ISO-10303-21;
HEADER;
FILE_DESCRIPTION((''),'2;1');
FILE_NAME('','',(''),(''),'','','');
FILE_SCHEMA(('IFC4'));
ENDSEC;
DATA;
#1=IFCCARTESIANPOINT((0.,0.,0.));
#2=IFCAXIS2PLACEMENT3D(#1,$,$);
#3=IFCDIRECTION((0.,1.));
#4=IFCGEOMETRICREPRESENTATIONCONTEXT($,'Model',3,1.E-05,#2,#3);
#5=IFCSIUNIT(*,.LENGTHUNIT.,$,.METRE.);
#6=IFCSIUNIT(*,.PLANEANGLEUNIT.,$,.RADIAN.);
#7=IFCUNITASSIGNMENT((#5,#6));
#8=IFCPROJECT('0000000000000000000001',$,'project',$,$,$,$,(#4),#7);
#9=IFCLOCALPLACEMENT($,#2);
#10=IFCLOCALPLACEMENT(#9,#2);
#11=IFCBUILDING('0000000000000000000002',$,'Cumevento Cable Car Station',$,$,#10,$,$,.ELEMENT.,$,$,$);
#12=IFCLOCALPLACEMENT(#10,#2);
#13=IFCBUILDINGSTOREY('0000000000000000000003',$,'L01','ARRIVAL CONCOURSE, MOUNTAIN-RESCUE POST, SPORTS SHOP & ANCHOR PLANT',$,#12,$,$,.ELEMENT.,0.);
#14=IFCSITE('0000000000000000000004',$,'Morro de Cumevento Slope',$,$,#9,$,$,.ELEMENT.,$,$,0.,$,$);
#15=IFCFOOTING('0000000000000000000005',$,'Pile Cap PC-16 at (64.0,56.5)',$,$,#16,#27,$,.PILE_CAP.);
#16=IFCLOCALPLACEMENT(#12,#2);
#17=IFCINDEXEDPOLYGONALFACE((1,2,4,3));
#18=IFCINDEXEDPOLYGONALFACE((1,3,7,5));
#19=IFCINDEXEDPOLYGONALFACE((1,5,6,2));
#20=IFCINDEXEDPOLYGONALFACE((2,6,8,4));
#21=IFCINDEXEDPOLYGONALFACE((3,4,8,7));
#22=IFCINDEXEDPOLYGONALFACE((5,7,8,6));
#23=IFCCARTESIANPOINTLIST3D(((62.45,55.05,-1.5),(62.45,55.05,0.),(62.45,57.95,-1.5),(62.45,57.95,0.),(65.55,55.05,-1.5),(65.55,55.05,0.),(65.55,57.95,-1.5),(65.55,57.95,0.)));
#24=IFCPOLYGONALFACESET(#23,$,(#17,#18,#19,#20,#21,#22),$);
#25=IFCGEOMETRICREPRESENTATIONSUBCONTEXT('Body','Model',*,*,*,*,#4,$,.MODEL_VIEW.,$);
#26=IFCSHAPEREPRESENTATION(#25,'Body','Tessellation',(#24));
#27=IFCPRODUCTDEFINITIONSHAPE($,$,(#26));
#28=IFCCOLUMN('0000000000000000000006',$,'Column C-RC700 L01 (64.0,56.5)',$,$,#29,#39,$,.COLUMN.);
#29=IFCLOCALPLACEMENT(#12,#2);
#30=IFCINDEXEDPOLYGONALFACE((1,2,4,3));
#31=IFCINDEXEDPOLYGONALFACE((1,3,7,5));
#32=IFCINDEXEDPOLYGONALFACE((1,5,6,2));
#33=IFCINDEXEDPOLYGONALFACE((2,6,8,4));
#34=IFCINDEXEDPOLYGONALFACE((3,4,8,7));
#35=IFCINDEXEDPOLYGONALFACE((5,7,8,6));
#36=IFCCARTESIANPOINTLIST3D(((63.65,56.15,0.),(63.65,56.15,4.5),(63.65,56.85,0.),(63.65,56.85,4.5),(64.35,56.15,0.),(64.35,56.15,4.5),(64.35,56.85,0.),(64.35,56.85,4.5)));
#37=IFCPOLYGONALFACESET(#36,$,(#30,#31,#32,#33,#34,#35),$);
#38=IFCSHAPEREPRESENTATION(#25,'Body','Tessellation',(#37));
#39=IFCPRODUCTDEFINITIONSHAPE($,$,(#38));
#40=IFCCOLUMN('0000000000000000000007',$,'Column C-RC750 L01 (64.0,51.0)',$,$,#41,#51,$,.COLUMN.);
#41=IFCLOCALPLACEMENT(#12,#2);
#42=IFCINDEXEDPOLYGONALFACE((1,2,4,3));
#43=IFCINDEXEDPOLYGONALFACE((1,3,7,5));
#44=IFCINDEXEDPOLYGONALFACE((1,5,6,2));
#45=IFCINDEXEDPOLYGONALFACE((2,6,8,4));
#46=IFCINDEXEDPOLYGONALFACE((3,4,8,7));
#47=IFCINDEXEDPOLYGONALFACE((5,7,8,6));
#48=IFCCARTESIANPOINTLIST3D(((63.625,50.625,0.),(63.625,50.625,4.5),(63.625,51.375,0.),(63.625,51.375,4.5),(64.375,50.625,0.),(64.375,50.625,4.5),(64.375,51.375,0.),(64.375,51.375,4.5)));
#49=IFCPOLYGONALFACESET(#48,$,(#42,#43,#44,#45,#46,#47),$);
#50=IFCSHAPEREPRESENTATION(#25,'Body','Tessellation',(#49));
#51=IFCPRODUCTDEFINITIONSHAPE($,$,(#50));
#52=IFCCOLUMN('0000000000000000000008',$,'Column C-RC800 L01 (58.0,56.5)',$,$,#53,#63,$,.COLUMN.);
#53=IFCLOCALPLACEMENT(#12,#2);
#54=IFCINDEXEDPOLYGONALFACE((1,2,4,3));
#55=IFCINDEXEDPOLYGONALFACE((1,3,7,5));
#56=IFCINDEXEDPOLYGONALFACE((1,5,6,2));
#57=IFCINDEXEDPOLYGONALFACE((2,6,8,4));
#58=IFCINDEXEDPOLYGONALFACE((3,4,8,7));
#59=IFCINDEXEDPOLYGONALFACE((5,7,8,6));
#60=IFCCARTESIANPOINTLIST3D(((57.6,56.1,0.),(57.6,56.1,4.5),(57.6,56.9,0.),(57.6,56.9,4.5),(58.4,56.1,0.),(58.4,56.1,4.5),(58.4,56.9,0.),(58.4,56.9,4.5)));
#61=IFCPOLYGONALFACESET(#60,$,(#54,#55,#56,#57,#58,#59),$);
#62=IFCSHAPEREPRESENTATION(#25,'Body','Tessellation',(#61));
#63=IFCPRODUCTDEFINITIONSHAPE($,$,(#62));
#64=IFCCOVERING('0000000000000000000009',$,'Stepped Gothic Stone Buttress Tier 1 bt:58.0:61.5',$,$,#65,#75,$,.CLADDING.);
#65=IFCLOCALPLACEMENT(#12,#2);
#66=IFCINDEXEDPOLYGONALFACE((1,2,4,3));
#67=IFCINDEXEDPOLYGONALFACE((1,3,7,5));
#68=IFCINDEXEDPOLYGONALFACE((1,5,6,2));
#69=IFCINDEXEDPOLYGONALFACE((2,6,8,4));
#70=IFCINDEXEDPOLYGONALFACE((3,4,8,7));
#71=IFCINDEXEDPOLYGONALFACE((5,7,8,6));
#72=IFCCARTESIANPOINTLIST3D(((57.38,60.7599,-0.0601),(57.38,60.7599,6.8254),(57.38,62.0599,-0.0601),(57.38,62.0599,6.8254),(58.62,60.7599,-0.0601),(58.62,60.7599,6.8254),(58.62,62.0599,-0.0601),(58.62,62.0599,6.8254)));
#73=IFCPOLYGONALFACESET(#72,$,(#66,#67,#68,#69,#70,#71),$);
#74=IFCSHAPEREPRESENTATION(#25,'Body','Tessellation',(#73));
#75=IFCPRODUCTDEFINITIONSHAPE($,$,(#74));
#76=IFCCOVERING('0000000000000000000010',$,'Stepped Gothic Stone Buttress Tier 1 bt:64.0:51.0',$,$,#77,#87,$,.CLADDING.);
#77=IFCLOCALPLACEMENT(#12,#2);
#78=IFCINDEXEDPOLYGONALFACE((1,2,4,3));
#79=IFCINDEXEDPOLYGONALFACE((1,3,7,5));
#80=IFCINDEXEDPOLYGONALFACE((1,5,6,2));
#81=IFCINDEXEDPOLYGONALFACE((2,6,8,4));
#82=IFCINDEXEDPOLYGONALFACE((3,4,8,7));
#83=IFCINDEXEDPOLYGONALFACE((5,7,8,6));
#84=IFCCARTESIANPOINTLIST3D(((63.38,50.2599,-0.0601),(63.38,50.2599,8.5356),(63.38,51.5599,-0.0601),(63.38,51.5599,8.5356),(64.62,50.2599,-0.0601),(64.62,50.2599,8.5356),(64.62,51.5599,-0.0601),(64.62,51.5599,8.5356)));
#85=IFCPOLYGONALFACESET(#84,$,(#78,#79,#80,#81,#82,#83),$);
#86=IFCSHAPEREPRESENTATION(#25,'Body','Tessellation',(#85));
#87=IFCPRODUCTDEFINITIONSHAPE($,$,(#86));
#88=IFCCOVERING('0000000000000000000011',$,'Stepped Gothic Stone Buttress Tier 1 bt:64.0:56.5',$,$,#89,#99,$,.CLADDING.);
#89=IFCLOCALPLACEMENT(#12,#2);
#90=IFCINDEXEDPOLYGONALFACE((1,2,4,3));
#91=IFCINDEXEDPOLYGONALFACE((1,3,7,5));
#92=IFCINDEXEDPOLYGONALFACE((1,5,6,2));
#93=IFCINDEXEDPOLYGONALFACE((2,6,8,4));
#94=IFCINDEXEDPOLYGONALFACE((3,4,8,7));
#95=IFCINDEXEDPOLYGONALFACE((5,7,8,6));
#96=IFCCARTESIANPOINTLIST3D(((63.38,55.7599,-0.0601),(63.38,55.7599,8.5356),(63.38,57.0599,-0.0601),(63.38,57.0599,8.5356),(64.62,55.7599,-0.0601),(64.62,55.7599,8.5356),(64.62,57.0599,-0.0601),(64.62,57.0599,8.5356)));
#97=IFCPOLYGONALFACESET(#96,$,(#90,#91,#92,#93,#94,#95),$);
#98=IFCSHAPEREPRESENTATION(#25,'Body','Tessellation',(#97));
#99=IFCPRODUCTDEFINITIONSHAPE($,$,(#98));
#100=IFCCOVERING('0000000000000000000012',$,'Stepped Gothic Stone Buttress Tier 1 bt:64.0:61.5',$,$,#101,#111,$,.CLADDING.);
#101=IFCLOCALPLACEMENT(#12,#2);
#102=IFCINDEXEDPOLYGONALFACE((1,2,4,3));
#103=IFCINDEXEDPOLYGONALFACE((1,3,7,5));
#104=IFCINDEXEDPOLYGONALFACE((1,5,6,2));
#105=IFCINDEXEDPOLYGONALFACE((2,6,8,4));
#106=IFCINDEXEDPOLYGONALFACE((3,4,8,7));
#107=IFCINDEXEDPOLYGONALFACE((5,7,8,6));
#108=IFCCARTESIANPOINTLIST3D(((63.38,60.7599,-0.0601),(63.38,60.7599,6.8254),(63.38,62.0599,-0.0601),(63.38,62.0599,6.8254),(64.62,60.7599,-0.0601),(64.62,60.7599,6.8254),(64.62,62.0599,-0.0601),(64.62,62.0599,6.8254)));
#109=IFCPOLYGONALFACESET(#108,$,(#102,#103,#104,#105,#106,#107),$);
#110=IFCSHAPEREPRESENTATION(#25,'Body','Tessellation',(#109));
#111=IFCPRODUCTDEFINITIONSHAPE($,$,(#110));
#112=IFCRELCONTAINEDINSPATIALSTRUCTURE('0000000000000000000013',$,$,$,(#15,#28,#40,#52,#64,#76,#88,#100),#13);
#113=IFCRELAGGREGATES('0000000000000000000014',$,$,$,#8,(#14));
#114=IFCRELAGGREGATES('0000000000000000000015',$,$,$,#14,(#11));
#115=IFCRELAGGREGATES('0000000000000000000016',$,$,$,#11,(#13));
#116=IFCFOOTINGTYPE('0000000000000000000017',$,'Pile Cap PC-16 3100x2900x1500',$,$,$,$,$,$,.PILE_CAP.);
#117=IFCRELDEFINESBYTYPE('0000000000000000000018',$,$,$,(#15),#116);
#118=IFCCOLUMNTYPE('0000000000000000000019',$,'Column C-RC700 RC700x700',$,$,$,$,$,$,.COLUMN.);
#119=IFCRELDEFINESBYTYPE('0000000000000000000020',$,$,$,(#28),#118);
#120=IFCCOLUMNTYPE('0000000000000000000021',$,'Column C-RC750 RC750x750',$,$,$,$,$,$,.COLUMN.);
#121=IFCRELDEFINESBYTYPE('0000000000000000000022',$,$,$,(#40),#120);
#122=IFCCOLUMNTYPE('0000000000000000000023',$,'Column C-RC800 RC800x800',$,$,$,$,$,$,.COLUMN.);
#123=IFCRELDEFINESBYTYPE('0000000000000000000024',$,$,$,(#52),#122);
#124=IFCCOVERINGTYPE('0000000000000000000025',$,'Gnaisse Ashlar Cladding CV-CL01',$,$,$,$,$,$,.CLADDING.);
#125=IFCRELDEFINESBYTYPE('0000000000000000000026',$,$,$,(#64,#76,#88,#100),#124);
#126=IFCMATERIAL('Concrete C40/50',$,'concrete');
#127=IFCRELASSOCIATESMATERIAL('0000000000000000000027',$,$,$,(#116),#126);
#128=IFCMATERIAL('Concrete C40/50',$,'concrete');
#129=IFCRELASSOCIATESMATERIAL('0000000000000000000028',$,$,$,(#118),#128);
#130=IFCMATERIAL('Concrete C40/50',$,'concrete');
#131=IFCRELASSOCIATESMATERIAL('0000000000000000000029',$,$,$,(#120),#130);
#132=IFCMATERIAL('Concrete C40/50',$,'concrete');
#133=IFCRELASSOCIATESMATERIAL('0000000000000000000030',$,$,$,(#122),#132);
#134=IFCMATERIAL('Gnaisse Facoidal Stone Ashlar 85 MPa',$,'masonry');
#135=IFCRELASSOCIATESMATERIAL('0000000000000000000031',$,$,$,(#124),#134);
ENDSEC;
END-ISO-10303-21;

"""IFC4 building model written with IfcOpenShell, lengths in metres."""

from ifc_helpers import new_model, si_unit, direction, frame, origin, origin_2d, place, context, subcontext, project, spatial, rectangle, extrude, material, material_profile, profile_set, type_object, element, save


model = new_model("IFC4")

# Units and contexts
model_context = context("Model", 3, precision=1e-05, world=origin(), true_north=direction((0.0, 1.0)))
body_context = subcontext(model_context, "Body", "Model", "MODEL_VIEW")
ifc_project = project(units=[si_unit("LENGTHUNIT", "METRE"), si_unit("PLANEANGLEUNIT", "RADIAN")], contexts=[model_context])

# Site, building, storey
site_placement = place(None, origin())
site = spatial("IfcSite", under=ifc_project, at=site_placement, Name="Morro de Cumevento Slope", CompositionType="ELEMENT", RefElevation=0.0)
building_placement = place(site_placement, origin())
building = spatial("IfcBuilding", under=site, at=building_placement, Name="Cumevento Cable Car Station", CompositionType="ELEMENT")
storey_placement = place(building_placement, origin())
storey = spatial("IfcBuildingStorey", under=building, at=storey_placement, Name="L01", Description="ARRIVAL CONCOURSE, MOUNTAIN-RESCUE POST, SPORTS SHOP & ANCHOR PLANT", CompositionType="ELEMENT", Elevation=0.0)

# Footing
ifc_material_1 = material(Name="Concrete C40/50", Category="concrete")
footing_type_1 = type_object("IfcFootingType", Name="Pile Cap PC-16 3100x2900x1500", PredefinedType="PILE_CAP", material=ifc_material_1)
footing_1_placement = place(storey_placement, frame((64.0, 56.5, -1.5), z_axis=(0.0, 0.0, 1.0), x_axis=(1.0, 0.0, 0.0)))
element("IfcFooting", 1, at=footing_1_placement, inside=storey, type_object=footing_type_1, Name="Pile Cap PC-16 at (64.0,56.5)", PredefinedType="PILE_CAP", context=body_context, shape_type="SweptSolid", body=[
    extrude(rectangle(XDim=3.1001, YDim=2.8999, at=origin_2d()), origin(), (0.0, 0.0, 1.0), 1.5),
])

# Columns
ifc_material_2 = material(Name="Concrete C40/50", Category="concrete")
ifc_material_profile_1 = material_profile(ifc_material_2, rectangle(XDim=0.7, YDim=0.7, at=origin_2d()), Name="RC700x700")
ifc_profile_set_1 = profile_set([ifc_material_profile_1], Name="Concrete C40/50")
column_type_1 = type_object("IfcColumnType", Name="Column C-RC700 RC700x700", PredefinedType="COLUMN", material=ifc_profile_set_1)
column_1_placement = place(storey_placement, frame((64.0, 56.5, 0.0), z_axis=(0.0, 0.0, 1.0), x_axis=(1.0, 0.0, 0.0)))
element("IfcColumn", 2, at=column_1_placement, inside=storey, type_object=column_type_1, Name="Column C-RC700 L01 (64.0,56.5)", PredefinedType="COLUMN", context=body_context, shape_type="SweptSolid", body=[
    extrude(rectangle(XDim=0.7, YDim=0.7, at=origin_2d()), origin(), (0.0, 0.0, 1.0), 4.5),
])
ifc_material_3 = material(Name="Concrete C40/50", Category="concrete")
ifc_material_profile_2 = material_profile(ifc_material_3, rectangle(XDim=0.75, YDim=0.75, at=origin_2d()), Name="RC750x750")
ifc_profile_set_2 = profile_set([ifc_material_profile_2], Name="Concrete C40/50")
column_type_2 = type_object("IfcColumnType", Name="Column C-RC750 RC750x750", PredefinedType="COLUMN", material=ifc_profile_set_2)
column_2_placement = place(storey_placement, frame((64.0, 51.0, 0.0), z_axis=(0.0, 0.0, 1.0), x_axis=(1.0, 0.0, 0.0)))
element("IfcColumn", 3, at=column_2_placement, inside=storey, type_object=column_type_2, Name="Column C-RC750 L01 (64.0,51.0)", PredefinedType="COLUMN", context=body_context, shape_type="SweptSolid", body=[
    extrude(rectangle(XDim=0.75, YDim=0.75, at=origin_2d()), origin(), (0.0, 0.0, 1.0), 4.5),
])
ifc_material_4 = material(Name="Concrete C40/50", Category="concrete")
ifc_material_profile_3 = material_profile(ifc_material_4, rectangle(XDim=0.8, YDim=0.8, at=origin_2d()), Name="RC800x800")
ifc_profile_set_3 = profile_set([ifc_material_profile_3], Name="Concrete C40/50")
column_type_3 = type_object("IfcColumnType", Name="Column C-RC800 RC800x800", PredefinedType="COLUMN", material=ifc_profile_set_3)
column_3_placement = place(storey_placement, frame((58.0, 56.5, 0.0), z_axis=(0.0, 0.0, 1.0), x_axis=(1.0, 0.0, 0.0)))
element("IfcColumn", 4, at=column_3_placement, inside=storey, type_object=column_type_3, Name="Column C-RC800 L01 (58.0,56.5)", PredefinedType="COLUMN", context=body_context, shape_type="SweptSolid", body=[
    extrude(rectangle(XDim=0.8, YDim=0.8, at=origin_2d()), origin(), (0.0, 0.0, 1.0), 4.5),
])

# Coverings
ifc_material_5 = material(Name="Gnaisse Facoidal Stone Ashlar 85 MPa", Category="masonry")
covering_type = type_object("IfcCoveringType", Name="Gnaisse Ashlar Cladding CV-CL01", PredefinedType="CLADDING", material=ifc_material_5)
covering_1_placement = place(storey_placement, frame((58.0, 61.4099, -0.0601), z_axis=(0.0, 0.0, 1.0), x_axis=(1.0, 0.0, 0.0)))
element("IfcCovering", 5, at=covering_1_placement, inside=storey, type_object=covering_type, Name="Stepped Gothic Stone Buttress Tier 1 bt:58.0:61.5", PredefinedType="CLADDING", context=body_context, shape_type="SweptSolid", body=[
    extrude(rectangle(XDim=1.24, YDim=1.3, at=origin_2d()), origin(), (0.0, 0.0, 1.0), 6.8855),
])
for number, where, z_axis, x_axis, name in (
    (6, (64.0, 50.9099, -0.0601), (0.0, 0.0, 1.0), (1.0, 0.0, 0.0), "Stepped Gothic Stone Buttress Tier 1 bt:64.0:51.0"),
    (7, (64.0, 56.4099, -0.0601), (0.0, 0.0, 1.0), (1.0, 0.0, 0.0), "Stepped Gothic Stone Buttress Tier 1 bt:64.0:56.5"),
):
    element("IfcCovering", number, at=place(storey_placement, frame(where, z_axis=z_axis, x_axis=x_axis)), inside=storey, type_object=covering_type, Name=name, PredefinedType="CLADDING", context=body_context, shape_type="SweptSolid", body=[
        extrude(rectangle(XDim=1.24, YDim=1.3, at=origin_2d()), origin(), (0.0, 0.0, 1.0), 8.5957),
    ])
covering_2_placement = place(storey_placement, frame((64.0, 61.4099, -0.0601), z_axis=(0.0, 0.0, 1.0), x_axis=(1.0, 0.0, 0.0)))
element("IfcCovering", 8, at=covering_2_placement, inside=storey, type_object=covering_type, Name="Stepped Gothic Stone Buttress Tier 1 bt:64.0:61.5", PredefinedType="CLADDING", context=body_context, shape_type="SweptSolid", body=[
    extrude(rectangle(XDim=1.24, YDim=1.3, at=origin_2d()), origin(), (0.0, 0.0, 1.0), 6.8855),
])

save(model, "model.ifc")
